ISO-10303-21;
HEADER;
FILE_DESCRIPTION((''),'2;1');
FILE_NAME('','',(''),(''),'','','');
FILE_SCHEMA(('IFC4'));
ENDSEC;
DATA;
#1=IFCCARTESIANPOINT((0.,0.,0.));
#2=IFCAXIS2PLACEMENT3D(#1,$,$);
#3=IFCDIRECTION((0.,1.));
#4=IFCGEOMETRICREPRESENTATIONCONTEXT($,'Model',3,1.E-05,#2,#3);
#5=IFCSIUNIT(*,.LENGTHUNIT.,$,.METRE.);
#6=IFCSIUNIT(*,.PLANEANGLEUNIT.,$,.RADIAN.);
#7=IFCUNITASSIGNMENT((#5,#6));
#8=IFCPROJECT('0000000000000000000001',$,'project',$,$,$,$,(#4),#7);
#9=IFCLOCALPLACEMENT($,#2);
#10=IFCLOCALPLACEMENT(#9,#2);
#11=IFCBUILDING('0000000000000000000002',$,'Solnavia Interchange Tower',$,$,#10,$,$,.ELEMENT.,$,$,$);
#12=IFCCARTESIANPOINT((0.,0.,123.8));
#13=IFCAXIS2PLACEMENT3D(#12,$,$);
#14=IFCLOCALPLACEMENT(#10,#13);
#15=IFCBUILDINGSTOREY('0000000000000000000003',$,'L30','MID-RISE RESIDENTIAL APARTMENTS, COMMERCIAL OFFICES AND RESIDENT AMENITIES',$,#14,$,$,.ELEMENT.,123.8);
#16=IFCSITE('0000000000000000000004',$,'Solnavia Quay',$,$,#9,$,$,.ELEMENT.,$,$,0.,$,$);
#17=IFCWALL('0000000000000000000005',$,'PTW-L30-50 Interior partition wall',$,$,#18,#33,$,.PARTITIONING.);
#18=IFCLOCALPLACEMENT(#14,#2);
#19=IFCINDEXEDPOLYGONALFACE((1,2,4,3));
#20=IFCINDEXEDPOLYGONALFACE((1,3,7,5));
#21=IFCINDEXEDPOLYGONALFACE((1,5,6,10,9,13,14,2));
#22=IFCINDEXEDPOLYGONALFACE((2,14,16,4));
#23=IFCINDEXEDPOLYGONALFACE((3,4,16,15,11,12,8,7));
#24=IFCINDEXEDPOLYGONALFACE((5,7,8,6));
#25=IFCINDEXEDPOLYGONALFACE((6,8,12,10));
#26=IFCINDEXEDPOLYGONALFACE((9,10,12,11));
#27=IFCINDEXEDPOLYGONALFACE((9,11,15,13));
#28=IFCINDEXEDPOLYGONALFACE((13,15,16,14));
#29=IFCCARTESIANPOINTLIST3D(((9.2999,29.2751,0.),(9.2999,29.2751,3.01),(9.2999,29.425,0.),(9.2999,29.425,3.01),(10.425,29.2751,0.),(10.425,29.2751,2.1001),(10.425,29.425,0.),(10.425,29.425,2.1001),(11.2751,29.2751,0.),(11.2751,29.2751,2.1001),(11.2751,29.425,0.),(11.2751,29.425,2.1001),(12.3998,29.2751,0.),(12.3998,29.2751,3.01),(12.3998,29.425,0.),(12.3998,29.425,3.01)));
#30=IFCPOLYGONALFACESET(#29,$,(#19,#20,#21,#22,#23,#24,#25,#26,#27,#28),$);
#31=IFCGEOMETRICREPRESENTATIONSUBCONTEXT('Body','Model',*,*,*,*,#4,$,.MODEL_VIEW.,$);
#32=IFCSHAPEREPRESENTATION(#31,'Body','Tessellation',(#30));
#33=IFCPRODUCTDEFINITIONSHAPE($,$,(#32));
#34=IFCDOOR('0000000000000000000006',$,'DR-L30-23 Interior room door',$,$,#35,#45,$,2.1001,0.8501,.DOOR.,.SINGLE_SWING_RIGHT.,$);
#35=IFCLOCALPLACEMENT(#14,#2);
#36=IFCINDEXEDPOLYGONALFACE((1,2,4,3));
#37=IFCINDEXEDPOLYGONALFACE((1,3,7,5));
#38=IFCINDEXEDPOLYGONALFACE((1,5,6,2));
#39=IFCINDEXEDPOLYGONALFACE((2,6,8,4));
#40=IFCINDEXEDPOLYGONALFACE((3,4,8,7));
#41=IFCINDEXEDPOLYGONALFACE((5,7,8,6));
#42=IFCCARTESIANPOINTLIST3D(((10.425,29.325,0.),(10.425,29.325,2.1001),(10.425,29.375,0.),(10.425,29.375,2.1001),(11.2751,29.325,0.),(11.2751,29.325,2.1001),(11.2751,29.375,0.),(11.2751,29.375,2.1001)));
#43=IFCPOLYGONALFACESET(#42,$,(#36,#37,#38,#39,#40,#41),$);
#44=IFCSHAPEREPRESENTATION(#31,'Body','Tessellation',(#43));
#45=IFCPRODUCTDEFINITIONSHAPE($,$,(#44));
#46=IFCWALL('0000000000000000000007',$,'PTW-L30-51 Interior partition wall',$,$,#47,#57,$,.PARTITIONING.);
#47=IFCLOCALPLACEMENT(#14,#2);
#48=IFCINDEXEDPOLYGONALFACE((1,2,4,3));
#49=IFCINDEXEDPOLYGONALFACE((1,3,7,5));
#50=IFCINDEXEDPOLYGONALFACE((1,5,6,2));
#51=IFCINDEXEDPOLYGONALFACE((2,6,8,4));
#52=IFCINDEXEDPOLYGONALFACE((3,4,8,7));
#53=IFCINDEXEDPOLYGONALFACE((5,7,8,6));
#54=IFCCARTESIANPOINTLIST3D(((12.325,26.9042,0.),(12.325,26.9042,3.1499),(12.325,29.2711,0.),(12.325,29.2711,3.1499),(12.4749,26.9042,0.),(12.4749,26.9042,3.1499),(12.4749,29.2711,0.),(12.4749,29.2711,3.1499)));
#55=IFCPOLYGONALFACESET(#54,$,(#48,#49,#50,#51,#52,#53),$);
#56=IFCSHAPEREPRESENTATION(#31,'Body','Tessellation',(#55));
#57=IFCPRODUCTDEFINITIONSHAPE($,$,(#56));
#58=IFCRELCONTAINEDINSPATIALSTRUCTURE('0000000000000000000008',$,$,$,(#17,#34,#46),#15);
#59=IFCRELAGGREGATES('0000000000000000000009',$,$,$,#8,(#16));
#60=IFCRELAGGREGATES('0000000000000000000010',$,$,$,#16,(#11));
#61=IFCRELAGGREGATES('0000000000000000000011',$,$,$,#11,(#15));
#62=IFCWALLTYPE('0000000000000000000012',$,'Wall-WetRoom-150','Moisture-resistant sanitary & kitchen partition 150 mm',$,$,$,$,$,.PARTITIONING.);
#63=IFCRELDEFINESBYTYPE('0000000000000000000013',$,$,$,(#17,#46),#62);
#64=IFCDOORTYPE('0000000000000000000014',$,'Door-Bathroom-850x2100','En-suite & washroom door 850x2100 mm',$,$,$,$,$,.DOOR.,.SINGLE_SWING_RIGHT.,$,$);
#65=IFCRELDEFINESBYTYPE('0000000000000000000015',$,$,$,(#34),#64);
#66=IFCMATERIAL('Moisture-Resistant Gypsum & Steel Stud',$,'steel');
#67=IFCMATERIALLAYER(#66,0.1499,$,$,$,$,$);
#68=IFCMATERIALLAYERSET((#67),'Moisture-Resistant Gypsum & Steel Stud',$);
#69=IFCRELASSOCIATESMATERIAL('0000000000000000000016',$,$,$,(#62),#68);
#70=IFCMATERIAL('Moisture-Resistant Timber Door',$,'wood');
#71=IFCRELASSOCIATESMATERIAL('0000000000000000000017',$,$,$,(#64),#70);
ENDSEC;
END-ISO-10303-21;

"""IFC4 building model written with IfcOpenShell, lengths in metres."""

from ifc_helpers import new_model, si_unit, direction, frame, frame_2d, origin, place, context, subcontext, project, spatial, rectangle, extrude, material, layer, layer_set, type_object, element, fill, save


model = new_model("IFC4")

# Units and contexts
model_context = context("Model", 3, precision=1e-05, world=origin(), true_north=direction((0.0, 1.0)))
body_context = subcontext(model_context, "Body", "Model", "MODEL_VIEW")
ifc_project = project(units=[si_unit("LENGTHUNIT", "METRE"), si_unit("PLANEANGLEUNIT", "RADIAN")], contexts=[model_context])

# Site, building, storey
site_placement = place(None, origin())
site = spatial("IfcSite", under=ifc_project, at=site_placement, Name="Solnavia Quay", CompositionType="ELEMENT", RefElevation=0.0)
building_placement = place(site_placement, origin())
building = spatial("IfcBuilding", under=site, at=building_placement, Name="Solnavia Interchange Tower", CompositionType="ELEMENT")
storey_placement = place(building_placement, frame((0.0, 0.0, 123.8)))
storey = spatial("IfcBuildingStorey", under=building, at=storey_placement, Name="L30", Description="MID-RISE RESIDENTIAL APARTMENTS, COMMERCIAL OFFICES AND RESIDENT AMENITIES", CompositionType="ELEMENT", Elevation=123.8)

# Wall, opening, door
ifc_material_1 = material(Name="Moisture-Resistant Gypsum & Steel Stud", Category="steel")
ifc_layer_1 = layer(ifc_material_1, 0.1499)
ifc_layer_set_1 = layer_set([ifc_layer_1], Name="Moisture-Resistant Gypsum & Steel Stud")
wall_type_1 = type_object("IfcWallType", Name="Wall-WetRoom-150", Description="Moisture-resistant sanitary & kitchen partition 150 mm", PredefinedType="PARTITIONING", material=ifc_layer_set_1)
wall_1_placement = place(storey_placement, frame((9.3, 29.3501, 0.0), z_axis=(0.0, 0.0, 1.0), x_axis=(1.0, 0.0, 0.0)))
wall_1 = element("IfcWall", 1, at=wall_1_placement, inside=storey, type_object=wall_type_1, Name="PTW-L30-50 Interior partition wall", PredefinedType="PARTITIONING", context=body_context, shape_type="SweptSolid", body=[
    extrude(rectangle(XDim=3.0999, YDim=0.1499, at=frame_2d((1.5498, 0.0))), origin(), (0.0, 0.0, 1.0), 3.01),
])
opening_1_placement = place(wall_1_placement, frame((1.125, 0.0, 0.0)))
opening_1 = element("IfcOpeningElement", 2, at=opening_1_placement, cuts=wall_1, PredefinedType="OPENING", context=body_context, shape_type="SweptSolid", body=[
    extrude(rectangle(XDim=0.8501, YDim=2.1001, at=frame_2d((0.425, 1.05))), frame((0.0, 0.085, 0.0), z_axis=(0.0, -1.0, 0.0), x_axis=(1.0, 0.0, 0.0)), (0.0, 0.0, 1.0), 0.1699),
])
ifc_material_2 = material(Name="Moisture-Resistant Timber Door", Category="wood")
door_type_1 = type_object("IfcDoorType", Name="Door-Bathroom-850x2100", Description="En-suite & washroom door 850x2100 mm", OperationType="SINGLE_SWING_RIGHT", PredefinedType="DOOR", material=ifc_material_2)
door_1_placement = place(opening_1_placement, origin())
door_1 = element("IfcDoor", 3, at=door_1_placement, inside=storey, type_object=door_type_1, Name="DR-L30-23 Interior room door", OperationType="SINGLE_SWING_RIGHT", OverallHeight=2.1001, OverallWidth=0.8501, PredefinedType="DOOR", context=body_context, shape_type="SweptSolid", body=[
    extrude(rectangle(XDim=0.8501, YDim=2.1001, at=frame_2d((0.425, 1.05))), frame((0.0, 0.0249, 0.0), z_axis=(0.0, -1.0, 0.0), x_axis=(1.0, 0.0, 0.0)), (0.0, 0.0, 1.0), 0.05),
])
fill(opening_1, door_1)

# Wall
wall_2_placement = place(storey_placement, frame((12.3999, 26.9041, 0.0), z_axis=(0.0, 0.0, 1.0), x_axis=(0.0, 1.0, 0.0)))
element("IfcWall", 4, at=wall_2_placement, inside=storey, type_object=wall_type_1, Name="PTW-L30-51 Interior partition wall", PredefinedType="PARTITIONING", context=body_context, shape_type="SweptSolid", body=[
    extrude(rectangle(XDim=2.3669, YDim=0.1499, at=frame_2d((1.1836, 0.0))), origin(), (0.0, 0.0, 1.0), 3.1499),
])

save(model, "model.ifc")
